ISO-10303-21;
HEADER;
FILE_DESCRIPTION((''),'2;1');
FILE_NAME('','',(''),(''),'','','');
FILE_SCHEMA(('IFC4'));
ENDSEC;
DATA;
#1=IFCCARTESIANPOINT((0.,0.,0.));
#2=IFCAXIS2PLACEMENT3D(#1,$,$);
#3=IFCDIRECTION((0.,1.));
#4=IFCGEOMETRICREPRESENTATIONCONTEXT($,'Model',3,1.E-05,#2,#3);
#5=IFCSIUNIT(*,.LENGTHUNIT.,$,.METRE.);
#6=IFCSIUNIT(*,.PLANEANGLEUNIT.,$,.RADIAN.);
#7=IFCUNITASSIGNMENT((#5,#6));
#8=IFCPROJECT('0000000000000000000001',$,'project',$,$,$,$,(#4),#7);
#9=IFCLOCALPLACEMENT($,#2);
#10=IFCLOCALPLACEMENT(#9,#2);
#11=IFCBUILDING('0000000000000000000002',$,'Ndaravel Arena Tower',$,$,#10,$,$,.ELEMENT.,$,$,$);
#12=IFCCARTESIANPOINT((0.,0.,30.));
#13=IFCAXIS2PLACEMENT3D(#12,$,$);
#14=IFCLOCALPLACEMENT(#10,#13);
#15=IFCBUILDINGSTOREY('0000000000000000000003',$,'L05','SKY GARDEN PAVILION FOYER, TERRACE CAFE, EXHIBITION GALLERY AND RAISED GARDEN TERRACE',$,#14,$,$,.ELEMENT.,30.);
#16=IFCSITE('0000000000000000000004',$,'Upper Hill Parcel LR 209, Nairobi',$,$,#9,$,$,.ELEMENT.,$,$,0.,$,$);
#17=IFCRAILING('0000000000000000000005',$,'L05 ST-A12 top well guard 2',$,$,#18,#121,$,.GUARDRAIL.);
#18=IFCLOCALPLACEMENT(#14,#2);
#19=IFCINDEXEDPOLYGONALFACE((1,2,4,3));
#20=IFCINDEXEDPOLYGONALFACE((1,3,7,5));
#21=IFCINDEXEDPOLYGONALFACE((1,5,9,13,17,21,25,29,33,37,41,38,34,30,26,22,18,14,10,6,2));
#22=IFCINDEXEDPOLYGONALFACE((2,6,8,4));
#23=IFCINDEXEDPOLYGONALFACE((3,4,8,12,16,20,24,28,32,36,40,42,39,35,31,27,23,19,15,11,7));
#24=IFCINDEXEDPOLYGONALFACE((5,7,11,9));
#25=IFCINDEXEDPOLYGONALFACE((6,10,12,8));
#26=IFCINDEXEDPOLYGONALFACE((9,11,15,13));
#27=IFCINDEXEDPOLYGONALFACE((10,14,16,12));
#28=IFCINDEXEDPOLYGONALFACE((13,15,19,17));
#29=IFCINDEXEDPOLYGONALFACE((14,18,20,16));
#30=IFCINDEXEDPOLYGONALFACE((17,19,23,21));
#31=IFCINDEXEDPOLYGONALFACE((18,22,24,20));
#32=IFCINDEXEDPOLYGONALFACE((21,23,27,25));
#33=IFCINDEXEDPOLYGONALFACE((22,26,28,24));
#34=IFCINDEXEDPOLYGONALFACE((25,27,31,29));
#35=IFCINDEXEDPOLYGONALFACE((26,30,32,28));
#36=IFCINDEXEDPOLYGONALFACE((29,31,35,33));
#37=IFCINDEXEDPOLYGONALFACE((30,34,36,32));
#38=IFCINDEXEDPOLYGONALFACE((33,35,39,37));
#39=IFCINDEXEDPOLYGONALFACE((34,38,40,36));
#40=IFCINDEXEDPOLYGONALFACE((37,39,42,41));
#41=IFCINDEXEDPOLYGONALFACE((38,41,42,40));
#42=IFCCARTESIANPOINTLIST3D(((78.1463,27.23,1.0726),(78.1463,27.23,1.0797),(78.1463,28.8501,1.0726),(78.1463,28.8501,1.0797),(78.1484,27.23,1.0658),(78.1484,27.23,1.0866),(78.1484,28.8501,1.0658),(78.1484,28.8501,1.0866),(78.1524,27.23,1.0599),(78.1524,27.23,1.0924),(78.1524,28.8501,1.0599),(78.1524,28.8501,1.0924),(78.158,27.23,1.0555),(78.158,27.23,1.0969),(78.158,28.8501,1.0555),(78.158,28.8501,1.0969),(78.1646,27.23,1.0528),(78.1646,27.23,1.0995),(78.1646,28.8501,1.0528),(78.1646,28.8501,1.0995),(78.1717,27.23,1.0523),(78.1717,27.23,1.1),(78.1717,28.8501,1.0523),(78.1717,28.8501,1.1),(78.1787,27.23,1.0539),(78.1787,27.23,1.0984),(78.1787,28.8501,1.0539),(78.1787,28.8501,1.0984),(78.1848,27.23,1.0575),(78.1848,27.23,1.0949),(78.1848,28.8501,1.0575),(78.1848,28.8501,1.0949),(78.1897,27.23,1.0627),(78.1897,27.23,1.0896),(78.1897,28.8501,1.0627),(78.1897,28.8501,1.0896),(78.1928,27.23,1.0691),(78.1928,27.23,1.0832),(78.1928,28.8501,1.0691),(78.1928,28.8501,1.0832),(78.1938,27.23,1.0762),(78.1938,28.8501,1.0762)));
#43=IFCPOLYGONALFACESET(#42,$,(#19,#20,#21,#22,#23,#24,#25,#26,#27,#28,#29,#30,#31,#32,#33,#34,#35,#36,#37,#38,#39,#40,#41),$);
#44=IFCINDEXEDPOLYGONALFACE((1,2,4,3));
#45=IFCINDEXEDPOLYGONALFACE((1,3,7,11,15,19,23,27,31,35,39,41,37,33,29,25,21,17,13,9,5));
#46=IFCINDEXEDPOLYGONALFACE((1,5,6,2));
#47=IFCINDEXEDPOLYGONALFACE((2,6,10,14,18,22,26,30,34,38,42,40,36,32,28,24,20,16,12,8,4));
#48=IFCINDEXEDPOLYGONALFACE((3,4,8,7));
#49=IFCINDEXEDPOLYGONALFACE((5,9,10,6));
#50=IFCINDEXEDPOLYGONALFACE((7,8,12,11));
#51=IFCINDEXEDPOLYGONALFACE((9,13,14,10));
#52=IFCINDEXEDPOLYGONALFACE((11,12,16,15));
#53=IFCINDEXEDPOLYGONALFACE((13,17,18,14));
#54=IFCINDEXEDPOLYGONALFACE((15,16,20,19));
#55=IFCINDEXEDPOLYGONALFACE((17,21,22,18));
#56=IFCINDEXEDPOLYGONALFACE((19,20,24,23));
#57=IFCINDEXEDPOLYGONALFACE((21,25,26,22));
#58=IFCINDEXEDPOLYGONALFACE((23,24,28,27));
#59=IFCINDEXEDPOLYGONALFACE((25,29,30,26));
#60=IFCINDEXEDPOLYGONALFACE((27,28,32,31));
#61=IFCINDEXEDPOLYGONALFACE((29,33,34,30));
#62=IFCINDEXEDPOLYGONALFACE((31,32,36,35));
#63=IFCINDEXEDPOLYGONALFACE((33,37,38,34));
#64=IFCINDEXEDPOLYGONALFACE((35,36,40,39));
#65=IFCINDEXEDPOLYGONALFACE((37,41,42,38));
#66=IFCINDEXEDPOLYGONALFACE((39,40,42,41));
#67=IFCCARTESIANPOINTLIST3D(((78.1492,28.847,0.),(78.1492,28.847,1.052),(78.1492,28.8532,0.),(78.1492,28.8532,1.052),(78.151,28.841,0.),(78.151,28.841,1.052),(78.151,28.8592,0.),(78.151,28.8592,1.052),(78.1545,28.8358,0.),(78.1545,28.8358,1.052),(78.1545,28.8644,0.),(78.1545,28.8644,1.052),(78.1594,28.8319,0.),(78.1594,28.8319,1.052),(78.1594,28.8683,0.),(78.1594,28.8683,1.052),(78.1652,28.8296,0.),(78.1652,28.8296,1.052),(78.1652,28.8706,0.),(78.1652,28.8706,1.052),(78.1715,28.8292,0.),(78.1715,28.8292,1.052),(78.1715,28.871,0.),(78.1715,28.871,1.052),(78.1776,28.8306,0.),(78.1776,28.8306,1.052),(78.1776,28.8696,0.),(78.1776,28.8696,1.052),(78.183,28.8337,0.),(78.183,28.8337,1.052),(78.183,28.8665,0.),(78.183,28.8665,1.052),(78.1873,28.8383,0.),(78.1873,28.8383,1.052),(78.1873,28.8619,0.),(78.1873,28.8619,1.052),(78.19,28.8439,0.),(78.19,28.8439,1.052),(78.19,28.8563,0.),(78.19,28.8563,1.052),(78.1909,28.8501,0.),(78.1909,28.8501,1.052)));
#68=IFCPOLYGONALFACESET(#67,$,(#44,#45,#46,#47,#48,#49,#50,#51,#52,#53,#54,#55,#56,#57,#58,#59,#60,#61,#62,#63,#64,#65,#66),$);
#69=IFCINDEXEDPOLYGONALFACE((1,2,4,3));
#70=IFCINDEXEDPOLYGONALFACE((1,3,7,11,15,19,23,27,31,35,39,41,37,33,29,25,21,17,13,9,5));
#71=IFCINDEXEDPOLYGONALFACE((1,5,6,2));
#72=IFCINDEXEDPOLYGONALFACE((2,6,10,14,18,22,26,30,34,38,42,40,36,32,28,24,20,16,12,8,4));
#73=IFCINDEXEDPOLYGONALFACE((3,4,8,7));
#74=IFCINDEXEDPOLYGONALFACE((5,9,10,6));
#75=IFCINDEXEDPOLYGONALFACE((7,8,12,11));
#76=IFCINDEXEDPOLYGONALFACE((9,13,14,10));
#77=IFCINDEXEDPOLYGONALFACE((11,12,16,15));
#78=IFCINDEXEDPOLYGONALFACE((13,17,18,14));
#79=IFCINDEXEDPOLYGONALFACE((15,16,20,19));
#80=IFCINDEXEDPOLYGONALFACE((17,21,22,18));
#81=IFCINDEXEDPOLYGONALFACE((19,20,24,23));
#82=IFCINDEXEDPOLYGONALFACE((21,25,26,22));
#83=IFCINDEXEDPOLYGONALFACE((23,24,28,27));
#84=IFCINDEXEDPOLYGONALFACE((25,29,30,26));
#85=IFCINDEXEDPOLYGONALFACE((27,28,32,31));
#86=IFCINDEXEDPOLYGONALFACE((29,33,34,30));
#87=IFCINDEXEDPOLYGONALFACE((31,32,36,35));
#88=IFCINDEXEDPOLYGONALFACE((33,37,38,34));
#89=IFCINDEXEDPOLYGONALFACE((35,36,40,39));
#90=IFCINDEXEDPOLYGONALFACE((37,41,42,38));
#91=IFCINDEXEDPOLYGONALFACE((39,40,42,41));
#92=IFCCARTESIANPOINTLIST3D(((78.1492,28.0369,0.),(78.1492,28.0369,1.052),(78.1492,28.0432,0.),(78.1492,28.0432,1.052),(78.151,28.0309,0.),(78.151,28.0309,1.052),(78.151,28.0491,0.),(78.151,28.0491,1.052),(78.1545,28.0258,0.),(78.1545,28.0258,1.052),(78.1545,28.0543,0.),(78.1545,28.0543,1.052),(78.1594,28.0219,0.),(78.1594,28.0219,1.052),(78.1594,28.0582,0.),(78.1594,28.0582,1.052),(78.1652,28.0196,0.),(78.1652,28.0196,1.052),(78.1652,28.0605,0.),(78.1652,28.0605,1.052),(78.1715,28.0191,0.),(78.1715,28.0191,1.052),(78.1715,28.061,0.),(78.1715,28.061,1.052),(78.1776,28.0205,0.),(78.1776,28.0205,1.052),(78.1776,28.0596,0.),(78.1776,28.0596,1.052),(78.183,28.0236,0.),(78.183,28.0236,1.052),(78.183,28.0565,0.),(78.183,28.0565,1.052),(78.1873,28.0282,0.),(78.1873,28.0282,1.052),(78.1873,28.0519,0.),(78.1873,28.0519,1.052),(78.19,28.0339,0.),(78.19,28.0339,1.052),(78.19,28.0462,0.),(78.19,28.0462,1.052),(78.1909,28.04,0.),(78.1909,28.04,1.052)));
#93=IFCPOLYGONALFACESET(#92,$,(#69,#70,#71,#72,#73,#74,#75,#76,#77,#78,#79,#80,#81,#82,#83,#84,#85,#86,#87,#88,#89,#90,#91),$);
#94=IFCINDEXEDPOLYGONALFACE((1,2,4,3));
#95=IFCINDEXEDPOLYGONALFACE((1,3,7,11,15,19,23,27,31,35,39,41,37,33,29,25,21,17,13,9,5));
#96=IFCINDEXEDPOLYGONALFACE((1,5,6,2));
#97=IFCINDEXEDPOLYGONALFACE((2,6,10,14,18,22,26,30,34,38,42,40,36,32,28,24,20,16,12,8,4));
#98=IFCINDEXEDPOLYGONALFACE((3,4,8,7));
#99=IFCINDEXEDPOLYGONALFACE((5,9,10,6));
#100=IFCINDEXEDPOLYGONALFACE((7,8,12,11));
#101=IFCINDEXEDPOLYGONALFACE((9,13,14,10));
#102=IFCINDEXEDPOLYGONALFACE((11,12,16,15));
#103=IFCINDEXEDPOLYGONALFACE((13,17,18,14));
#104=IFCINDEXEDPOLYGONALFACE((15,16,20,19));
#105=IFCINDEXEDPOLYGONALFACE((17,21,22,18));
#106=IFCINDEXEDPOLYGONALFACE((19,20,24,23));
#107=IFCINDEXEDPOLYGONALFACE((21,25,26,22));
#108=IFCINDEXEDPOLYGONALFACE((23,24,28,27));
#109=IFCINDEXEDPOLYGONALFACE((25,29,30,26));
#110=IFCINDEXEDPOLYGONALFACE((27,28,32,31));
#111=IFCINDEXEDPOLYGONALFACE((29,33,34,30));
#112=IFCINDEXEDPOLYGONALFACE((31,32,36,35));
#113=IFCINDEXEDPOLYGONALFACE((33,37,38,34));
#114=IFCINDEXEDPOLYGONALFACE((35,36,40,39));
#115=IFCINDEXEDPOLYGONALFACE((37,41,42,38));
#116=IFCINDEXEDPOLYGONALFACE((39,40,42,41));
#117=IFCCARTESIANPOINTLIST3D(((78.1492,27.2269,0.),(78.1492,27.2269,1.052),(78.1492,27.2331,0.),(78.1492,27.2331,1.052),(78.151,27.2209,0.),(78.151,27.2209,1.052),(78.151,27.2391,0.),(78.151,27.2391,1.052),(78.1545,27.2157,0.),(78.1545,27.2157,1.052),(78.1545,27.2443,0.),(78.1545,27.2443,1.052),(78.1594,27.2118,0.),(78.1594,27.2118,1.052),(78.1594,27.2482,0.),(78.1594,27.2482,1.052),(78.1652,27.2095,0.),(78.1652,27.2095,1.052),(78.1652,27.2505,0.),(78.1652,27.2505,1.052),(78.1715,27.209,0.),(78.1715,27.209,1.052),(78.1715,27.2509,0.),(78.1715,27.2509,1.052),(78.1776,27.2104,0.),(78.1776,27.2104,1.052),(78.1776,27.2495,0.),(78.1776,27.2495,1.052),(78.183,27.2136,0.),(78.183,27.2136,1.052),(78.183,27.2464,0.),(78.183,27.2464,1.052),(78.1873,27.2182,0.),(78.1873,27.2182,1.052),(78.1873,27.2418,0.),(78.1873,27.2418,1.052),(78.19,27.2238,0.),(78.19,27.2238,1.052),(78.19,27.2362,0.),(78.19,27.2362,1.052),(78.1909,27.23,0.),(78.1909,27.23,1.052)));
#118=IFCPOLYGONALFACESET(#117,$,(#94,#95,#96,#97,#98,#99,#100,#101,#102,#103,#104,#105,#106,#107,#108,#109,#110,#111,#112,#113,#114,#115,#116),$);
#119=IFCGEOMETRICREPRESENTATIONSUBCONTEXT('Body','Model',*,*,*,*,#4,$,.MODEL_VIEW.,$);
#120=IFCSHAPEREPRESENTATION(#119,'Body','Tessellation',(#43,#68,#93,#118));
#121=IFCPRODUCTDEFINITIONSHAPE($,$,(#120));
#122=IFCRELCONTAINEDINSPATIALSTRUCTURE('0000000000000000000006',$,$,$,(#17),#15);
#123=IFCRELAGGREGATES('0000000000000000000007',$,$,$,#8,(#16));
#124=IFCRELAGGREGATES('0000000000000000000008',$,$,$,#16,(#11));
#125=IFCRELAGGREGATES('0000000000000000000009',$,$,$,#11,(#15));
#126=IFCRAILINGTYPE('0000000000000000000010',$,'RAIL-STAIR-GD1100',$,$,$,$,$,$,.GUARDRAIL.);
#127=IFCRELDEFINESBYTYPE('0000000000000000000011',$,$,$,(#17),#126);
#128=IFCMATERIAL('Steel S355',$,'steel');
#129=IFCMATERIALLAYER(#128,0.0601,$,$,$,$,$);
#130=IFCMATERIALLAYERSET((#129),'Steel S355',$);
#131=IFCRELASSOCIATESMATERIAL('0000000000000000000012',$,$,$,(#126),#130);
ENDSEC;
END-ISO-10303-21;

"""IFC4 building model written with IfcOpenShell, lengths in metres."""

from ifc_helpers import new_model, si_unit, direction, frame, origin, origin_2d, place, context, subcontext, project, spatial, circle, extrude, material, layer, layer_set, type_object, element, save


model = new_model("IFC4")

# Units and contexts
model_context = context("Model", 3, precision=1e-05, world=origin(), true_north=direction((0.0, 1.0)))
body_context = subcontext(model_context, "Body", "Model", "MODEL_VIEW")
ifc_project = project(units=[si_unit("LENGTHUNIT", "METRE"), si_unit("PLANEANGLEUNIT", "RADIAN")], contexts=[model_context])

# Site, building, storey
site_placement = place(None, origin())
site = spatial("IfcSite", under=ifc_project, at=site_placement, Name="Upper Hill Parcel LR 209, Nairobi", CompositionType="ELEMENT", RefElevation=0.0)
building_placement = place(site_placement, origin())
building = spatial("IfcBuilding", under=site, at=building_placement, Name="Ndaravel Arena Tower", CompositionType="ELEMENT")
storey_placement = place(building_placement, frame((0.0, 0.0, 30.0)))
storey = spatial("IfcBuildingStorey", under=building, at=storey_placement, Name="L05", Description="SKY GARDEN PAVILION FOYER, TERRACE CAFE, EXHIBITION GALLERY AND RAISED GARDEN TERRACE", CompositionType="ELEMENT", Elevation=30.0)

# Railing
ifc_material_1 = material(Name="Steel S355", Category="steel")
ifc_layer_1 = layer(ifc_material_1, 0.0601)
ifc_layer_set_1 = layer_set([ifc_layer_1], Name="Steel S355")
railing_type_1 = type_object("IfcRailingType", Name="RAIL-STAIR-GD1100", PredefinedType="GUARDRAIL", material=ifc_layer_set_1)
for number, where, name in (
    (1, (78.1699, 28.8501, 0.0), "L05 ST-A12 top well guard 2"),
):
    element("IfcRailing", number, at=place(storey_placement, frame(where)), inside=storey, type_object=railing_type_1, Name=name, PredefinedType="GUARDRAIL", context=body_context, shape_type="SweptSolid", body=[
        extrude(circle(Radius=0.0239, at=origin_2d()), frame((0.0, 0.0, 1.0762), z_axis=(0.0, -1.0, 0.0), x_axis=(1.0, 0.0, 0.0)), (0.0, 0.0, 1.0), 1.6201),
        extrude(circle(Radius=0.021, at=origin_2d()), origin(), (0.0, 0.0, 1.0), 1.052),
        extrude(circle(Radius=0.021, at=origin_2d()), frame((0.0, -0.8101, 0.0)), (0.0, 0.0, 1.0), 1.052),
        extrude(circle(Radius=0.021, at=origin_2d()), frame((0.0, -1.6201, 0.0)), (0.0, 0.0, 1.0), 1.052),
    ])

save(model, "model.ifc")
